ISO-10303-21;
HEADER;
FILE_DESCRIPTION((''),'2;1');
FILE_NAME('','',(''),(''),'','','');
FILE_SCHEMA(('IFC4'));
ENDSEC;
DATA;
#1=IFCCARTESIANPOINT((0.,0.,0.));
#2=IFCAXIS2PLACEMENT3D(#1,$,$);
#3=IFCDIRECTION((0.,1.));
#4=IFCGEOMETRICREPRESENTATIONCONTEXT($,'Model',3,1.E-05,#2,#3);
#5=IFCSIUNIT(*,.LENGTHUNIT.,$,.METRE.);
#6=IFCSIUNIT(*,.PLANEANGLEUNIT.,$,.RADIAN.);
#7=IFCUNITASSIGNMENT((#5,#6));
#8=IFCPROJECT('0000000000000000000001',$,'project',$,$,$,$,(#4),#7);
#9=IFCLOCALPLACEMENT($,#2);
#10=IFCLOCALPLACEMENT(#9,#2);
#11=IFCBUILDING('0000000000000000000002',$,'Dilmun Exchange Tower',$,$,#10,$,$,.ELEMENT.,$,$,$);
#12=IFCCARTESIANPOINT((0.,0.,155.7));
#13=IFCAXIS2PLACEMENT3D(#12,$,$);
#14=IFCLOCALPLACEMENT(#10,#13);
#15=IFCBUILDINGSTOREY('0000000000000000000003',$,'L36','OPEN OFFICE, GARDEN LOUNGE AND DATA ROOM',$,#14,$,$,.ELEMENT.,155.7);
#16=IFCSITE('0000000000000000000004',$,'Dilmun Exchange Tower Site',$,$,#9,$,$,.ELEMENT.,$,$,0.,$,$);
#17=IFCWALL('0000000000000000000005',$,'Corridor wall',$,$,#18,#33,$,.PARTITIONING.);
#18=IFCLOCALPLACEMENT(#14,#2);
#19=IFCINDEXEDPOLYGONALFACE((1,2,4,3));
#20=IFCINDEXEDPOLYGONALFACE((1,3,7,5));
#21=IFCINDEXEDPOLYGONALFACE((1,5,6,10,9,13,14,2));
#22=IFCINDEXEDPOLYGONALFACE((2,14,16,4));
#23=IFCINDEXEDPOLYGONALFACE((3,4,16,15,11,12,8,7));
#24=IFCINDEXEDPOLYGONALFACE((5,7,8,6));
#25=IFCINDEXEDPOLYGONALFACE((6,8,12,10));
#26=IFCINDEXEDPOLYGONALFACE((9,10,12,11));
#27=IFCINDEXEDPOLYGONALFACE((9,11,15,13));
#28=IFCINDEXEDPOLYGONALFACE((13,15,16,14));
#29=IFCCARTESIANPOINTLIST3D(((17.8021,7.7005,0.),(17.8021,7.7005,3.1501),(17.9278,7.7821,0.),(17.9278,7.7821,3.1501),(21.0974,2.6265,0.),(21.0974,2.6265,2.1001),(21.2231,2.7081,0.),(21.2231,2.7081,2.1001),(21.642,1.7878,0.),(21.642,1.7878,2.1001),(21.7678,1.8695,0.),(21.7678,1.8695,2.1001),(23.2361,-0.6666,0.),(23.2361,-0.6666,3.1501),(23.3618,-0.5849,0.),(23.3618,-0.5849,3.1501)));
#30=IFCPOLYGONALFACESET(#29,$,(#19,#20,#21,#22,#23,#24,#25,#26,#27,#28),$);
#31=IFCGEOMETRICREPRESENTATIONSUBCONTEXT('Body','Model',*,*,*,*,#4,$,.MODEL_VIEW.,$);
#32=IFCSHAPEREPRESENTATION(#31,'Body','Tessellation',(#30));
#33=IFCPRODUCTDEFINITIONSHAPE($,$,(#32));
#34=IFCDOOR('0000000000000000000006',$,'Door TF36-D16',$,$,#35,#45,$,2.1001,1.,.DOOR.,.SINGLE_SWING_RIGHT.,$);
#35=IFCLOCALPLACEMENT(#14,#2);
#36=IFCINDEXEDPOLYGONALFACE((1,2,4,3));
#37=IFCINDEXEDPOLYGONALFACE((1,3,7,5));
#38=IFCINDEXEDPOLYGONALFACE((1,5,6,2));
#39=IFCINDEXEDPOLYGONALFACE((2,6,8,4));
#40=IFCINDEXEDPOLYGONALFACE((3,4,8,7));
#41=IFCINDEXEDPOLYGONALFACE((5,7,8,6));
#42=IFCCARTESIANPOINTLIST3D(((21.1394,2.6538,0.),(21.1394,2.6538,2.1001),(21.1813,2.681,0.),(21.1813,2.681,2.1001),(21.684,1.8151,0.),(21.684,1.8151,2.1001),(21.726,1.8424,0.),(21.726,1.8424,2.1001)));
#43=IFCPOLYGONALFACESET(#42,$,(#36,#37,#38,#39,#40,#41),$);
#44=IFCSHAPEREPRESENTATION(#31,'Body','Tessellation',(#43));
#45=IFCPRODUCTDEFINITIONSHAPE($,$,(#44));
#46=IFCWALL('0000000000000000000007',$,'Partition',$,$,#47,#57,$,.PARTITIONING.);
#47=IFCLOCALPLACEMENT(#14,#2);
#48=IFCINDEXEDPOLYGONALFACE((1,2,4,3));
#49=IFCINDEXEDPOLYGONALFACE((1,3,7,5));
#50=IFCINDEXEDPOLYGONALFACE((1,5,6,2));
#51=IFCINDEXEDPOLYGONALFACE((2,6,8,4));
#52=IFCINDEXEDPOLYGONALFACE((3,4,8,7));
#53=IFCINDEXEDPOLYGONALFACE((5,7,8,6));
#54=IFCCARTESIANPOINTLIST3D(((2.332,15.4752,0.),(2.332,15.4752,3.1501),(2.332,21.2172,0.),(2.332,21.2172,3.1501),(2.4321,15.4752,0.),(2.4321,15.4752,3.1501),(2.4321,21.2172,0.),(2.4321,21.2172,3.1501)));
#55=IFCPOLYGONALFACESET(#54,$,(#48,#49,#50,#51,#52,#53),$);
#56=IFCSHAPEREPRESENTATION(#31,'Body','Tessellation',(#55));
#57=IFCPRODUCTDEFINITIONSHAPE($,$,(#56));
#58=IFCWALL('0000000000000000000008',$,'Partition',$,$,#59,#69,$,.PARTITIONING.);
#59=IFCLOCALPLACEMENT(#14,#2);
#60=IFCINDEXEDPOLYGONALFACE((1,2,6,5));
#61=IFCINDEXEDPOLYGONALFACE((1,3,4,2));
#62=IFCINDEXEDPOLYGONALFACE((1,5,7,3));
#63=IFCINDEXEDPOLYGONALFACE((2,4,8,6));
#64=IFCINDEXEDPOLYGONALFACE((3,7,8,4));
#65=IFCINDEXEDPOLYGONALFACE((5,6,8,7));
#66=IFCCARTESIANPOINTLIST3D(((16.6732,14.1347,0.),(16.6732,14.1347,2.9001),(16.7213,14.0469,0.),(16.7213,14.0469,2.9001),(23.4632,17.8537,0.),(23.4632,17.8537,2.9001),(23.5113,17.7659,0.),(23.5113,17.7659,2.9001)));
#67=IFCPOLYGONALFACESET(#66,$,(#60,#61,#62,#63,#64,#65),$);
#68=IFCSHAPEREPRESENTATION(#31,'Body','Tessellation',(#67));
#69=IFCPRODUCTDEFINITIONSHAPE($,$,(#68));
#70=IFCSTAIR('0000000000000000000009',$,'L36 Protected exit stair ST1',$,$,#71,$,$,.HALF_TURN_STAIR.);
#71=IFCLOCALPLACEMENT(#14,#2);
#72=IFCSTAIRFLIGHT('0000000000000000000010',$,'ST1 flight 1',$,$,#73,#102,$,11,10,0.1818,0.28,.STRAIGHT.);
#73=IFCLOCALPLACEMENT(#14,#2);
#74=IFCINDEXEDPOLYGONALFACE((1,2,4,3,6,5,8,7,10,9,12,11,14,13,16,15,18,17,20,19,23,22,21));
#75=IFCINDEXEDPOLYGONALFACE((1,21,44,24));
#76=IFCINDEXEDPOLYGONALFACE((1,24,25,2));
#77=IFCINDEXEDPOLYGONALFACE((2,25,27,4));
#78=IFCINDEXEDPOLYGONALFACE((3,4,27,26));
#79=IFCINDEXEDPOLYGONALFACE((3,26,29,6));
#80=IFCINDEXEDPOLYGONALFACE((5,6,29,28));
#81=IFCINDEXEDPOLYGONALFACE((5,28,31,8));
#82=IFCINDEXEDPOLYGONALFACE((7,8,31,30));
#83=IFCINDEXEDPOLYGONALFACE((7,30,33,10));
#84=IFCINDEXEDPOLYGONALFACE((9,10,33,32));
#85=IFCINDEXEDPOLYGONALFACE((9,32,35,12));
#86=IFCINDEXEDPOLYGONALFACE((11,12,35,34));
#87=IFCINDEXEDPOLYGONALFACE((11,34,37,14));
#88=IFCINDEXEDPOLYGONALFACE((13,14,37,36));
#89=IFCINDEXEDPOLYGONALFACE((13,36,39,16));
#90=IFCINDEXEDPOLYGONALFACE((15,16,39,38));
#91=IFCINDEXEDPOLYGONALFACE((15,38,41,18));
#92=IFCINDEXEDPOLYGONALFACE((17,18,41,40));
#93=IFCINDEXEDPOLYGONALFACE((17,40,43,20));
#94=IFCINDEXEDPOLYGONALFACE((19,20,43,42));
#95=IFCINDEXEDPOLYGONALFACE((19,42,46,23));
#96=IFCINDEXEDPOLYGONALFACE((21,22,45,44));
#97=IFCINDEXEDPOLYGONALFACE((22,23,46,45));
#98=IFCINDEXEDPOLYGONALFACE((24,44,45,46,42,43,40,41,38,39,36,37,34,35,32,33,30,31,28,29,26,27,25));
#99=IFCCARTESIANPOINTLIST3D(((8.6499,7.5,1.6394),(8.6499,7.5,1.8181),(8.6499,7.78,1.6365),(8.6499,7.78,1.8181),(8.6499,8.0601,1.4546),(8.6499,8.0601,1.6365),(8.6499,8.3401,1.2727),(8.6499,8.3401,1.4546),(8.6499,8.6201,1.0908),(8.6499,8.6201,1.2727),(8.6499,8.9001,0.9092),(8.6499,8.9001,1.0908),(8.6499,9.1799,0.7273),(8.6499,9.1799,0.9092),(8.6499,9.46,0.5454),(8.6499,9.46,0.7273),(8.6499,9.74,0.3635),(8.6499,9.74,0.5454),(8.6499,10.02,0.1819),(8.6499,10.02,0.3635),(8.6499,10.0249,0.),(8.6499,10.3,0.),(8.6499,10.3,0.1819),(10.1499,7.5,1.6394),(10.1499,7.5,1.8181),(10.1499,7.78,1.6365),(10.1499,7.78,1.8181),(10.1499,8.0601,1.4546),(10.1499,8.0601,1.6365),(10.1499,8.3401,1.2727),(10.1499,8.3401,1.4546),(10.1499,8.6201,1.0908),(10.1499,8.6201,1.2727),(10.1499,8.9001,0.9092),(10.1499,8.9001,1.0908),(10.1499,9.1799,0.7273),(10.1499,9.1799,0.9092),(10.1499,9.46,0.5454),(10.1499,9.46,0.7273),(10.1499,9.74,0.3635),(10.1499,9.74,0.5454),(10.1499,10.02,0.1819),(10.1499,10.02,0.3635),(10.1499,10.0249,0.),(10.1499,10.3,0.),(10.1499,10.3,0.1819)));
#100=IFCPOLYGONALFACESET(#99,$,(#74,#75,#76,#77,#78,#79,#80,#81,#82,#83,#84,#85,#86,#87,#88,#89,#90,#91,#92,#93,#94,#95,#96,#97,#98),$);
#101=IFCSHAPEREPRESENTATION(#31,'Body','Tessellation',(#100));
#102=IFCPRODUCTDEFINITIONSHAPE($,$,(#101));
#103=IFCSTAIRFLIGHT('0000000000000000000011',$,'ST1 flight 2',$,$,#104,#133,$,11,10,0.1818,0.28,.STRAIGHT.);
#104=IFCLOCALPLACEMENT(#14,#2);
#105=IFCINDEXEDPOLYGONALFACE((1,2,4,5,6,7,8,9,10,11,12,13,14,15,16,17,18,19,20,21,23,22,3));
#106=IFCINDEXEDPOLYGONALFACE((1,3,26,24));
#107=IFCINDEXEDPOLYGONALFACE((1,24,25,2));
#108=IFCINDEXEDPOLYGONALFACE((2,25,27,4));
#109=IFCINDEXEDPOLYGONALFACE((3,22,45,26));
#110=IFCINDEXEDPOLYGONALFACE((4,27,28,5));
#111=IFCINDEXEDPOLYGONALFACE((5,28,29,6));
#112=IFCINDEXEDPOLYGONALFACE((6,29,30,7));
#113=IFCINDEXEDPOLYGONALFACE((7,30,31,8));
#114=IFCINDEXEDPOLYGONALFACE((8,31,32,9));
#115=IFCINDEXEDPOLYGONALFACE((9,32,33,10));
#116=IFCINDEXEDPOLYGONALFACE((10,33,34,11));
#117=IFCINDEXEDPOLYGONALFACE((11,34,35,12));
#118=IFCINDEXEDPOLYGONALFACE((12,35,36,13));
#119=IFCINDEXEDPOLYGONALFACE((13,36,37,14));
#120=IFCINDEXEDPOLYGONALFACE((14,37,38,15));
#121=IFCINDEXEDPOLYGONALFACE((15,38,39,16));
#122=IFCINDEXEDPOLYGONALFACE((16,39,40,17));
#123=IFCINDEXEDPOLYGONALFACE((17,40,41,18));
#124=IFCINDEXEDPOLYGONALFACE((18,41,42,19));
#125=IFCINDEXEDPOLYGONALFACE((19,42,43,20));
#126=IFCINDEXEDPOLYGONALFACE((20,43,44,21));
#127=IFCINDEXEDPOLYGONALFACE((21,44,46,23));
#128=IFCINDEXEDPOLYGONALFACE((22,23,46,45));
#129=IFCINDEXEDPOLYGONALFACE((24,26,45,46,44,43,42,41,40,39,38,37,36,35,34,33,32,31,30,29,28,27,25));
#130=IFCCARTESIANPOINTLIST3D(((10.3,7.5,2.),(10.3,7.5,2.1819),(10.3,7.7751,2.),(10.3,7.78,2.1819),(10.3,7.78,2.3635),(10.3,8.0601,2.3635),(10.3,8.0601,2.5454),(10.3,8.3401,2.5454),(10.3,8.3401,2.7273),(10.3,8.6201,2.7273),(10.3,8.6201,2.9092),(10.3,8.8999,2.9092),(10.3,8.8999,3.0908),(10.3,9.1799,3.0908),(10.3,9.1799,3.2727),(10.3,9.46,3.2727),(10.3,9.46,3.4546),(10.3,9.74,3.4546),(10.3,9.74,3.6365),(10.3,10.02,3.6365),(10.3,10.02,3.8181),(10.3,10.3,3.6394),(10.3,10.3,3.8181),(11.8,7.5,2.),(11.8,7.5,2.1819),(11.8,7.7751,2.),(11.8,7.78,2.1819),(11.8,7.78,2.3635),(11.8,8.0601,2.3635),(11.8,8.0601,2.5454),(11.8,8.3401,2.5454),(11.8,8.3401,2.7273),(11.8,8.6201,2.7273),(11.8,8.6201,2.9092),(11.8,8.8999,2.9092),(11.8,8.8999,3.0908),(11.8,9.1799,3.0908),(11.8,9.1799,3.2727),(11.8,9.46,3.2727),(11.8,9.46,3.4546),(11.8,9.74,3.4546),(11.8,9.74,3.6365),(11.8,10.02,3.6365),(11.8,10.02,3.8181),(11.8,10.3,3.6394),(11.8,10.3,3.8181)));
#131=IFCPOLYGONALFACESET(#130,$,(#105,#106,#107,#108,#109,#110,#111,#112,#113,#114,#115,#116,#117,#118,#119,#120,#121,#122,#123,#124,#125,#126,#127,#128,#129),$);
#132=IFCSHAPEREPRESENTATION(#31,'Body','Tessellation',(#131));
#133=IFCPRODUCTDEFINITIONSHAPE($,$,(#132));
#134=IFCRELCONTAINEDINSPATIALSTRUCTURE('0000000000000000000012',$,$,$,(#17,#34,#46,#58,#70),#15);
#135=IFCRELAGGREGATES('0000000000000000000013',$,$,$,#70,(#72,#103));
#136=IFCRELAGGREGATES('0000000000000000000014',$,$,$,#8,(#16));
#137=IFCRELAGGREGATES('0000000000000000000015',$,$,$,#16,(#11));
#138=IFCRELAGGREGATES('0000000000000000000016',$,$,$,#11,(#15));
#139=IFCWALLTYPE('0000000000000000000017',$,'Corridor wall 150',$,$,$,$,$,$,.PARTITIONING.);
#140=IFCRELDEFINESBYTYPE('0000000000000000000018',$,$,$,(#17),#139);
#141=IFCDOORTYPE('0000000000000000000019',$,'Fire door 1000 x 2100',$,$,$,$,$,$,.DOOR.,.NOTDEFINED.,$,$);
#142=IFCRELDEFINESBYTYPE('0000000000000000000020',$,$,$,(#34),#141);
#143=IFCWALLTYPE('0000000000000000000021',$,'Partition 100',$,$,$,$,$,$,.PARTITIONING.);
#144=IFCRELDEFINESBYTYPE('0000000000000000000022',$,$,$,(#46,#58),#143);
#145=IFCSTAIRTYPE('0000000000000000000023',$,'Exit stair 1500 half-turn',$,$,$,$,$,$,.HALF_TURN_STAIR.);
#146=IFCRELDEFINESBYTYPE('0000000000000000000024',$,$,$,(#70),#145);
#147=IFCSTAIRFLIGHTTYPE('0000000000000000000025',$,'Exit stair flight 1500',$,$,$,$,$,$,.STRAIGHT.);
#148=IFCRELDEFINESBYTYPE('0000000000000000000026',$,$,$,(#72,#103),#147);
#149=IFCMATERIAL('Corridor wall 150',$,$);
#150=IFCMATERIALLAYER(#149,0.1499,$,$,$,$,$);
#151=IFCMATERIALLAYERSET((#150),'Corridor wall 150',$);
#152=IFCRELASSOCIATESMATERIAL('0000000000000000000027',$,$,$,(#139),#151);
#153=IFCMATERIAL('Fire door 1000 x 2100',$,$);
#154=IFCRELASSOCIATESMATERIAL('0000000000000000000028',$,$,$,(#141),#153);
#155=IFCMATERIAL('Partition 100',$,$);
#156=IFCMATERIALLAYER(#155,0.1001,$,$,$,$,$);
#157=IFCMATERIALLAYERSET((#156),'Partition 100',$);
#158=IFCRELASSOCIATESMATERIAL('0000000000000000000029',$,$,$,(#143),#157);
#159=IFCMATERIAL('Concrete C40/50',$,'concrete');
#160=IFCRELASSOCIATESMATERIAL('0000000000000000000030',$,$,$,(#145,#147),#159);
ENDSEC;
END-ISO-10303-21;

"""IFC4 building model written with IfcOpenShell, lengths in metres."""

from ifc_helpers import new_model, si_unit, direction, frame, frame_2d, origin, place, context, subcontext, project, spatial, polyline, rectangle, outline, extrude, material, layer, layer_set, type_object, element, fill, aggregate, save


model = new_model("IFC4")

# Units and contexts
model_context = context("Model", 3, precision=1e-05, world=origin(), true_north=direction((0.0, 1.0)))
body_context = subcontext(model_context, "Body", "Model", "MODEL_VIEW")
ifc_project = project(units=[si_unit("LENGTHUNIT", "METRE"), si_unit("PLANEANGLEUNIT", "RADIAN")], contexts=[model_context])

# Site, building, storey
site_placement = place(None, origin())
site = spatial("IfcSite", under=ifc_project, at=site_placement, Name="Dilmun Exchange Tower Site", CompositionType="ELEMENT", RefElevation=0.0)
building_placement = place(site_placement, origin())
building = spatial("IfcBuilding", under=site, at=building_placement, Name="Dilmun Exchange Tower", CompositionType="ELEMENT")
storey_placement = place(building_placement, frame((0.0, 0.0, 155.7)))
storey = spatial("IfcBuildingStorey", under=building, at=storey_placement, Name="L36", Description="OPEN OFFICE, GARDEN LOUNGE AND DATA ROOM", CompositionType="ELEMENT", Elevation=155.7)

# Shared definitions
ifc_material_1 = material(Name="Concrete C40/50", Category="concrete")

# Shared definitions
ifc_material_2 = material(Name="Corridor wall 150")
ifc_layer_1 = layer(ifc_material_2, 0.1499)
ifc_layer_set_1 = layer_set([ifc_layer_1], Name="Corridor wall 150")
wall_type_1 = type_object("IfcWallType", Name="Corridor wall 150", PredefinedType="PARTITIONING", material=ifc_layer_set_1)

# Shared definitions
ifc_material_3 = material(Name="Fire door 1000 x 2100")
door_type_1 = type_object("IfcDoorType", Name="Fire door 1000 x 2100", OperationType="NOTDEFINED", PredefinedType="DOOR", material=ifc_material_3)

# Wall, opening, door
wall_1_placement = place(storey_placement, frame((17.865, 7.7412, 0.0), z_axis=(0.0, 0.0, 1.0), x_axis=(0.544665, -0.838654, 0.0)))
wall_1 = element("IfcWall", 1, at=wall_1_placement, inside=storey, type_object=wall_type_1, Name="Corridor wall", PredefinedType="PARTITIONING", context=body_context, shape_type="SweptSolid", body=[
    extrude(rectangle(XDim=9.9768, YDim=0.1499, at=frame_2d((4.9883, 0.0))), origin(), (0.0, 0.0, 1.0), 3.1501),
])
opening_1_placement = place(wall_1_placement, frame((6.05, 0.0, 0.0)))
opening_1 = element("IfcOpeningElement", 2, at=opening_1_placement, cuts=wall_1, PredefinedType="OPENING", context=body_context, shape_type="SweptSolid", body=[
    extrude(rectangle(XDim=1.0, YDim=2.1001, at=frame_2d((0.5, 1.05))), frame((0.0, 0.085, 0.0), z_axis=(0.0, -1.0, 0.0), x_axis=(1.0, 0.0, 0.0)), (0.0, 0.0, 1.0), 0.1699),
])
door_1_placement = place(opening_1_placement, frame((1.0, 0.0, 0.0), z_axis=(0.0, 0.0, 1.0), x_axis=(-1.0, 0.0, 0.0)))
door_1 = element("IfcDoor", 3, at=door_1_placement, inside=storey, type_object=door_type_1, Name="Door TF36-D16", OperationType="SINGLE_SWING_RIGHT", OverallHeight=2.1001, OverallWidth=1.0, PredefinedType="DOOR", context=body_context, shape_type="SweptSolid", body=[
    extrude(rectangle(XDim=1.0, YDim=2.1001, at=frame_2d((0.5, 1.05))), frame((0.0, 0.0249, 0.0), z_axis=(0.0, -1.0, 0.0), x_axis=(1.0, 0.0, 0.0)), (0.0, 0.0, 1.0), 0.05),
])
fill(opening_1, door_1)

# Walls
ifc_material_4 = material(Name="Partition 100")
ifc_layer_2 = layer(ifc_material_4, 0.1001)
ifc_layer_set_2 = layer_set([ifc_layer_2], Name="Partition 100")
wall_type_2 = type_object("IfcWallType", Name="Partition 100", PredefinedType="PARTITIONING", material=ifc_layer_set_2)
wall_2_placement = place(storey_placement, frame((2.3821, 15.4751, 0.0), z_axis=(0.0, 0.0, 1.0), x_axis=(0.0, 1.0, 0.0)))
element("IfcWall", 4, at=wall_2_placement, inside=storey, type_object=wall_type_2, Name="Partition", PredefinedType="PARTITIONING", context=body_context, shape_type="SweptSolid", body=[
    extrude(rectangle(XDim=5.7419, YDim=0.1001, at=frame_2d((2.8711, 0.0))), origin(), (0.0, 0.0, 1.0), 3.1501),
])
wall_3_placement = place(storey_placement, frame((16.6973, 14.0908, 0.0), z_axis=(0.0, 0.0, 1.0), x_axis=(0.877061, 0.480378, 0.0)))
element("IfcWall", 5, at=wall_3_placement, inside=storey, type_object=wall_type_2, Name="Partition", PredefinedType="PARTITIONING", context=body_context, shape_type="SweptSolid", body=[
    extrude(rectangle(XDim=7.7417, YDim=0.1001, at=frame_2d((3.8708, 0.0))), origin(), (0.0, 0.0, 1.0), 2.9001),
])

# Stair, stair flights
stair_type = type_object("IfcStairType", Name="Exit stair 1500 half-turn", PredefinedType="HALF_TURN_STAIR", material=ifc_material_1)
stair_placement = place(storey_placement, origin())
stair = element("IfcStair", 6, at=stair_placement, inside=storey, type_object=stair_type, Name="L36 Protected exit stair ST1", PredefinedType="HALF_TURN_STAIR")
stair_flight_type = type_object("IfcStairFlightType", Name="Exit stair flight 1500", PredefinedType="STRAIGHT", material=ifc_material_1)
stair_flight_1_placement = place(storey_placement, frame((9.3999, 10.3, 0.0), z_axis=(0.0, 0.0, 1.0), x_axis=(0.0, -1.0, 0.0)))
stair_flight_1 = element("IfcStairFlight", 7, at=stair_flight_1_placement, type_object=stair_flight_type, Name="ST1 flight 1", NumberOfRisers=11, NumberOfTreads=10, PredefinedType="STRAIGHT", RiserHeight=0.1818, TreadLength=0.28, context=body_context, shape_type="SweptSolid", body=[
    extrude(outline(polyline([(0.0, 0.0), (0.0, 0.1819), (0.28, 0.1819), (0.28, 0.3635), (0.5601, 0.3635), (0.5601, 0.5454), (0.8401, 0.5454), (0.8401, 0.7273), (1.1201, 0.7273), (1.1201, 0.9092), (1.3999, 0.9092), (1.3999, 1.0908), (1.6799, 1.0908), (1.6799, 1.2727), (1.96, 1.2727), (1.96, 1.4546), (2.24, 1.4546), (2.24, 1.6365), (2.52, 1.6365), (2.52, 1.8181), (2.8, 1.8181), (2.8, 2.0), (2.8, 1.6394), (0.2751, 0.0), (0.0, 0.0)])), frame((0.0, 0.75, 0.0), z_axis=(0.0, -1.0, 0.0), x_axis=(1.0, 0.0, 0.0)), (0.0, 0.0, 1.0), 1.5),
])
stair_flight_2_placement = place(storey_placement, frame((11.05, 7.5, 2.0), z_axis=(0.0, 0.0, 1.0), x_axis=(0.0, 1.0, 0.0)))
stair_flight_2 = element("IfcStairFlight", 8, at=stair_flight_2_placement, type_object=stair_flight_type, Name="ST1 flight 2", NumberOfRisers=11, NumberOfTreads=10, PredefinedType="STRAIGHT", RiserHeight=0.1818, TreadLength=0.28, context=body_context, shape_type="SweptSolid", body=[
    extrude(outline(polyline([(0.0, 0.0), (0.0, 0.1819), (0.28, 0.1819), (0.28, 0.3635), (0.5601, 0.3635), (0.5601, 0.5454), (0.8401, 0.5454), (0.8401, 0.7273), (1.1201, 0.7273), (1.1201, 0.9092), (1.3999, 0.9092), (1.3999, 1.0908), (1.6799, 1.0908), (1.6799, 1.2727), (1.96, 1.2727), (1.96, 1.4546), (2.24, 1.4546), (2.24, 1.6365), (2.52, 1.6365), (2.52, 1.8181), (2.8, 1.8181), (2.8, 2.0), (2.8, 1.6394), (0.2751, 0.0), (0.0, 0.0)])), frame((0.0, 0.75, 0.0), z_axis=(0.0, -1.0, 0.0), x_axis=(1.0, 0.0, 0.0)), (0.0, 0.0, 1.0), 1.5),
])
aggregate(stair, [stair_flight_1, stair_flight_2])

save(model, "model.ifc")
